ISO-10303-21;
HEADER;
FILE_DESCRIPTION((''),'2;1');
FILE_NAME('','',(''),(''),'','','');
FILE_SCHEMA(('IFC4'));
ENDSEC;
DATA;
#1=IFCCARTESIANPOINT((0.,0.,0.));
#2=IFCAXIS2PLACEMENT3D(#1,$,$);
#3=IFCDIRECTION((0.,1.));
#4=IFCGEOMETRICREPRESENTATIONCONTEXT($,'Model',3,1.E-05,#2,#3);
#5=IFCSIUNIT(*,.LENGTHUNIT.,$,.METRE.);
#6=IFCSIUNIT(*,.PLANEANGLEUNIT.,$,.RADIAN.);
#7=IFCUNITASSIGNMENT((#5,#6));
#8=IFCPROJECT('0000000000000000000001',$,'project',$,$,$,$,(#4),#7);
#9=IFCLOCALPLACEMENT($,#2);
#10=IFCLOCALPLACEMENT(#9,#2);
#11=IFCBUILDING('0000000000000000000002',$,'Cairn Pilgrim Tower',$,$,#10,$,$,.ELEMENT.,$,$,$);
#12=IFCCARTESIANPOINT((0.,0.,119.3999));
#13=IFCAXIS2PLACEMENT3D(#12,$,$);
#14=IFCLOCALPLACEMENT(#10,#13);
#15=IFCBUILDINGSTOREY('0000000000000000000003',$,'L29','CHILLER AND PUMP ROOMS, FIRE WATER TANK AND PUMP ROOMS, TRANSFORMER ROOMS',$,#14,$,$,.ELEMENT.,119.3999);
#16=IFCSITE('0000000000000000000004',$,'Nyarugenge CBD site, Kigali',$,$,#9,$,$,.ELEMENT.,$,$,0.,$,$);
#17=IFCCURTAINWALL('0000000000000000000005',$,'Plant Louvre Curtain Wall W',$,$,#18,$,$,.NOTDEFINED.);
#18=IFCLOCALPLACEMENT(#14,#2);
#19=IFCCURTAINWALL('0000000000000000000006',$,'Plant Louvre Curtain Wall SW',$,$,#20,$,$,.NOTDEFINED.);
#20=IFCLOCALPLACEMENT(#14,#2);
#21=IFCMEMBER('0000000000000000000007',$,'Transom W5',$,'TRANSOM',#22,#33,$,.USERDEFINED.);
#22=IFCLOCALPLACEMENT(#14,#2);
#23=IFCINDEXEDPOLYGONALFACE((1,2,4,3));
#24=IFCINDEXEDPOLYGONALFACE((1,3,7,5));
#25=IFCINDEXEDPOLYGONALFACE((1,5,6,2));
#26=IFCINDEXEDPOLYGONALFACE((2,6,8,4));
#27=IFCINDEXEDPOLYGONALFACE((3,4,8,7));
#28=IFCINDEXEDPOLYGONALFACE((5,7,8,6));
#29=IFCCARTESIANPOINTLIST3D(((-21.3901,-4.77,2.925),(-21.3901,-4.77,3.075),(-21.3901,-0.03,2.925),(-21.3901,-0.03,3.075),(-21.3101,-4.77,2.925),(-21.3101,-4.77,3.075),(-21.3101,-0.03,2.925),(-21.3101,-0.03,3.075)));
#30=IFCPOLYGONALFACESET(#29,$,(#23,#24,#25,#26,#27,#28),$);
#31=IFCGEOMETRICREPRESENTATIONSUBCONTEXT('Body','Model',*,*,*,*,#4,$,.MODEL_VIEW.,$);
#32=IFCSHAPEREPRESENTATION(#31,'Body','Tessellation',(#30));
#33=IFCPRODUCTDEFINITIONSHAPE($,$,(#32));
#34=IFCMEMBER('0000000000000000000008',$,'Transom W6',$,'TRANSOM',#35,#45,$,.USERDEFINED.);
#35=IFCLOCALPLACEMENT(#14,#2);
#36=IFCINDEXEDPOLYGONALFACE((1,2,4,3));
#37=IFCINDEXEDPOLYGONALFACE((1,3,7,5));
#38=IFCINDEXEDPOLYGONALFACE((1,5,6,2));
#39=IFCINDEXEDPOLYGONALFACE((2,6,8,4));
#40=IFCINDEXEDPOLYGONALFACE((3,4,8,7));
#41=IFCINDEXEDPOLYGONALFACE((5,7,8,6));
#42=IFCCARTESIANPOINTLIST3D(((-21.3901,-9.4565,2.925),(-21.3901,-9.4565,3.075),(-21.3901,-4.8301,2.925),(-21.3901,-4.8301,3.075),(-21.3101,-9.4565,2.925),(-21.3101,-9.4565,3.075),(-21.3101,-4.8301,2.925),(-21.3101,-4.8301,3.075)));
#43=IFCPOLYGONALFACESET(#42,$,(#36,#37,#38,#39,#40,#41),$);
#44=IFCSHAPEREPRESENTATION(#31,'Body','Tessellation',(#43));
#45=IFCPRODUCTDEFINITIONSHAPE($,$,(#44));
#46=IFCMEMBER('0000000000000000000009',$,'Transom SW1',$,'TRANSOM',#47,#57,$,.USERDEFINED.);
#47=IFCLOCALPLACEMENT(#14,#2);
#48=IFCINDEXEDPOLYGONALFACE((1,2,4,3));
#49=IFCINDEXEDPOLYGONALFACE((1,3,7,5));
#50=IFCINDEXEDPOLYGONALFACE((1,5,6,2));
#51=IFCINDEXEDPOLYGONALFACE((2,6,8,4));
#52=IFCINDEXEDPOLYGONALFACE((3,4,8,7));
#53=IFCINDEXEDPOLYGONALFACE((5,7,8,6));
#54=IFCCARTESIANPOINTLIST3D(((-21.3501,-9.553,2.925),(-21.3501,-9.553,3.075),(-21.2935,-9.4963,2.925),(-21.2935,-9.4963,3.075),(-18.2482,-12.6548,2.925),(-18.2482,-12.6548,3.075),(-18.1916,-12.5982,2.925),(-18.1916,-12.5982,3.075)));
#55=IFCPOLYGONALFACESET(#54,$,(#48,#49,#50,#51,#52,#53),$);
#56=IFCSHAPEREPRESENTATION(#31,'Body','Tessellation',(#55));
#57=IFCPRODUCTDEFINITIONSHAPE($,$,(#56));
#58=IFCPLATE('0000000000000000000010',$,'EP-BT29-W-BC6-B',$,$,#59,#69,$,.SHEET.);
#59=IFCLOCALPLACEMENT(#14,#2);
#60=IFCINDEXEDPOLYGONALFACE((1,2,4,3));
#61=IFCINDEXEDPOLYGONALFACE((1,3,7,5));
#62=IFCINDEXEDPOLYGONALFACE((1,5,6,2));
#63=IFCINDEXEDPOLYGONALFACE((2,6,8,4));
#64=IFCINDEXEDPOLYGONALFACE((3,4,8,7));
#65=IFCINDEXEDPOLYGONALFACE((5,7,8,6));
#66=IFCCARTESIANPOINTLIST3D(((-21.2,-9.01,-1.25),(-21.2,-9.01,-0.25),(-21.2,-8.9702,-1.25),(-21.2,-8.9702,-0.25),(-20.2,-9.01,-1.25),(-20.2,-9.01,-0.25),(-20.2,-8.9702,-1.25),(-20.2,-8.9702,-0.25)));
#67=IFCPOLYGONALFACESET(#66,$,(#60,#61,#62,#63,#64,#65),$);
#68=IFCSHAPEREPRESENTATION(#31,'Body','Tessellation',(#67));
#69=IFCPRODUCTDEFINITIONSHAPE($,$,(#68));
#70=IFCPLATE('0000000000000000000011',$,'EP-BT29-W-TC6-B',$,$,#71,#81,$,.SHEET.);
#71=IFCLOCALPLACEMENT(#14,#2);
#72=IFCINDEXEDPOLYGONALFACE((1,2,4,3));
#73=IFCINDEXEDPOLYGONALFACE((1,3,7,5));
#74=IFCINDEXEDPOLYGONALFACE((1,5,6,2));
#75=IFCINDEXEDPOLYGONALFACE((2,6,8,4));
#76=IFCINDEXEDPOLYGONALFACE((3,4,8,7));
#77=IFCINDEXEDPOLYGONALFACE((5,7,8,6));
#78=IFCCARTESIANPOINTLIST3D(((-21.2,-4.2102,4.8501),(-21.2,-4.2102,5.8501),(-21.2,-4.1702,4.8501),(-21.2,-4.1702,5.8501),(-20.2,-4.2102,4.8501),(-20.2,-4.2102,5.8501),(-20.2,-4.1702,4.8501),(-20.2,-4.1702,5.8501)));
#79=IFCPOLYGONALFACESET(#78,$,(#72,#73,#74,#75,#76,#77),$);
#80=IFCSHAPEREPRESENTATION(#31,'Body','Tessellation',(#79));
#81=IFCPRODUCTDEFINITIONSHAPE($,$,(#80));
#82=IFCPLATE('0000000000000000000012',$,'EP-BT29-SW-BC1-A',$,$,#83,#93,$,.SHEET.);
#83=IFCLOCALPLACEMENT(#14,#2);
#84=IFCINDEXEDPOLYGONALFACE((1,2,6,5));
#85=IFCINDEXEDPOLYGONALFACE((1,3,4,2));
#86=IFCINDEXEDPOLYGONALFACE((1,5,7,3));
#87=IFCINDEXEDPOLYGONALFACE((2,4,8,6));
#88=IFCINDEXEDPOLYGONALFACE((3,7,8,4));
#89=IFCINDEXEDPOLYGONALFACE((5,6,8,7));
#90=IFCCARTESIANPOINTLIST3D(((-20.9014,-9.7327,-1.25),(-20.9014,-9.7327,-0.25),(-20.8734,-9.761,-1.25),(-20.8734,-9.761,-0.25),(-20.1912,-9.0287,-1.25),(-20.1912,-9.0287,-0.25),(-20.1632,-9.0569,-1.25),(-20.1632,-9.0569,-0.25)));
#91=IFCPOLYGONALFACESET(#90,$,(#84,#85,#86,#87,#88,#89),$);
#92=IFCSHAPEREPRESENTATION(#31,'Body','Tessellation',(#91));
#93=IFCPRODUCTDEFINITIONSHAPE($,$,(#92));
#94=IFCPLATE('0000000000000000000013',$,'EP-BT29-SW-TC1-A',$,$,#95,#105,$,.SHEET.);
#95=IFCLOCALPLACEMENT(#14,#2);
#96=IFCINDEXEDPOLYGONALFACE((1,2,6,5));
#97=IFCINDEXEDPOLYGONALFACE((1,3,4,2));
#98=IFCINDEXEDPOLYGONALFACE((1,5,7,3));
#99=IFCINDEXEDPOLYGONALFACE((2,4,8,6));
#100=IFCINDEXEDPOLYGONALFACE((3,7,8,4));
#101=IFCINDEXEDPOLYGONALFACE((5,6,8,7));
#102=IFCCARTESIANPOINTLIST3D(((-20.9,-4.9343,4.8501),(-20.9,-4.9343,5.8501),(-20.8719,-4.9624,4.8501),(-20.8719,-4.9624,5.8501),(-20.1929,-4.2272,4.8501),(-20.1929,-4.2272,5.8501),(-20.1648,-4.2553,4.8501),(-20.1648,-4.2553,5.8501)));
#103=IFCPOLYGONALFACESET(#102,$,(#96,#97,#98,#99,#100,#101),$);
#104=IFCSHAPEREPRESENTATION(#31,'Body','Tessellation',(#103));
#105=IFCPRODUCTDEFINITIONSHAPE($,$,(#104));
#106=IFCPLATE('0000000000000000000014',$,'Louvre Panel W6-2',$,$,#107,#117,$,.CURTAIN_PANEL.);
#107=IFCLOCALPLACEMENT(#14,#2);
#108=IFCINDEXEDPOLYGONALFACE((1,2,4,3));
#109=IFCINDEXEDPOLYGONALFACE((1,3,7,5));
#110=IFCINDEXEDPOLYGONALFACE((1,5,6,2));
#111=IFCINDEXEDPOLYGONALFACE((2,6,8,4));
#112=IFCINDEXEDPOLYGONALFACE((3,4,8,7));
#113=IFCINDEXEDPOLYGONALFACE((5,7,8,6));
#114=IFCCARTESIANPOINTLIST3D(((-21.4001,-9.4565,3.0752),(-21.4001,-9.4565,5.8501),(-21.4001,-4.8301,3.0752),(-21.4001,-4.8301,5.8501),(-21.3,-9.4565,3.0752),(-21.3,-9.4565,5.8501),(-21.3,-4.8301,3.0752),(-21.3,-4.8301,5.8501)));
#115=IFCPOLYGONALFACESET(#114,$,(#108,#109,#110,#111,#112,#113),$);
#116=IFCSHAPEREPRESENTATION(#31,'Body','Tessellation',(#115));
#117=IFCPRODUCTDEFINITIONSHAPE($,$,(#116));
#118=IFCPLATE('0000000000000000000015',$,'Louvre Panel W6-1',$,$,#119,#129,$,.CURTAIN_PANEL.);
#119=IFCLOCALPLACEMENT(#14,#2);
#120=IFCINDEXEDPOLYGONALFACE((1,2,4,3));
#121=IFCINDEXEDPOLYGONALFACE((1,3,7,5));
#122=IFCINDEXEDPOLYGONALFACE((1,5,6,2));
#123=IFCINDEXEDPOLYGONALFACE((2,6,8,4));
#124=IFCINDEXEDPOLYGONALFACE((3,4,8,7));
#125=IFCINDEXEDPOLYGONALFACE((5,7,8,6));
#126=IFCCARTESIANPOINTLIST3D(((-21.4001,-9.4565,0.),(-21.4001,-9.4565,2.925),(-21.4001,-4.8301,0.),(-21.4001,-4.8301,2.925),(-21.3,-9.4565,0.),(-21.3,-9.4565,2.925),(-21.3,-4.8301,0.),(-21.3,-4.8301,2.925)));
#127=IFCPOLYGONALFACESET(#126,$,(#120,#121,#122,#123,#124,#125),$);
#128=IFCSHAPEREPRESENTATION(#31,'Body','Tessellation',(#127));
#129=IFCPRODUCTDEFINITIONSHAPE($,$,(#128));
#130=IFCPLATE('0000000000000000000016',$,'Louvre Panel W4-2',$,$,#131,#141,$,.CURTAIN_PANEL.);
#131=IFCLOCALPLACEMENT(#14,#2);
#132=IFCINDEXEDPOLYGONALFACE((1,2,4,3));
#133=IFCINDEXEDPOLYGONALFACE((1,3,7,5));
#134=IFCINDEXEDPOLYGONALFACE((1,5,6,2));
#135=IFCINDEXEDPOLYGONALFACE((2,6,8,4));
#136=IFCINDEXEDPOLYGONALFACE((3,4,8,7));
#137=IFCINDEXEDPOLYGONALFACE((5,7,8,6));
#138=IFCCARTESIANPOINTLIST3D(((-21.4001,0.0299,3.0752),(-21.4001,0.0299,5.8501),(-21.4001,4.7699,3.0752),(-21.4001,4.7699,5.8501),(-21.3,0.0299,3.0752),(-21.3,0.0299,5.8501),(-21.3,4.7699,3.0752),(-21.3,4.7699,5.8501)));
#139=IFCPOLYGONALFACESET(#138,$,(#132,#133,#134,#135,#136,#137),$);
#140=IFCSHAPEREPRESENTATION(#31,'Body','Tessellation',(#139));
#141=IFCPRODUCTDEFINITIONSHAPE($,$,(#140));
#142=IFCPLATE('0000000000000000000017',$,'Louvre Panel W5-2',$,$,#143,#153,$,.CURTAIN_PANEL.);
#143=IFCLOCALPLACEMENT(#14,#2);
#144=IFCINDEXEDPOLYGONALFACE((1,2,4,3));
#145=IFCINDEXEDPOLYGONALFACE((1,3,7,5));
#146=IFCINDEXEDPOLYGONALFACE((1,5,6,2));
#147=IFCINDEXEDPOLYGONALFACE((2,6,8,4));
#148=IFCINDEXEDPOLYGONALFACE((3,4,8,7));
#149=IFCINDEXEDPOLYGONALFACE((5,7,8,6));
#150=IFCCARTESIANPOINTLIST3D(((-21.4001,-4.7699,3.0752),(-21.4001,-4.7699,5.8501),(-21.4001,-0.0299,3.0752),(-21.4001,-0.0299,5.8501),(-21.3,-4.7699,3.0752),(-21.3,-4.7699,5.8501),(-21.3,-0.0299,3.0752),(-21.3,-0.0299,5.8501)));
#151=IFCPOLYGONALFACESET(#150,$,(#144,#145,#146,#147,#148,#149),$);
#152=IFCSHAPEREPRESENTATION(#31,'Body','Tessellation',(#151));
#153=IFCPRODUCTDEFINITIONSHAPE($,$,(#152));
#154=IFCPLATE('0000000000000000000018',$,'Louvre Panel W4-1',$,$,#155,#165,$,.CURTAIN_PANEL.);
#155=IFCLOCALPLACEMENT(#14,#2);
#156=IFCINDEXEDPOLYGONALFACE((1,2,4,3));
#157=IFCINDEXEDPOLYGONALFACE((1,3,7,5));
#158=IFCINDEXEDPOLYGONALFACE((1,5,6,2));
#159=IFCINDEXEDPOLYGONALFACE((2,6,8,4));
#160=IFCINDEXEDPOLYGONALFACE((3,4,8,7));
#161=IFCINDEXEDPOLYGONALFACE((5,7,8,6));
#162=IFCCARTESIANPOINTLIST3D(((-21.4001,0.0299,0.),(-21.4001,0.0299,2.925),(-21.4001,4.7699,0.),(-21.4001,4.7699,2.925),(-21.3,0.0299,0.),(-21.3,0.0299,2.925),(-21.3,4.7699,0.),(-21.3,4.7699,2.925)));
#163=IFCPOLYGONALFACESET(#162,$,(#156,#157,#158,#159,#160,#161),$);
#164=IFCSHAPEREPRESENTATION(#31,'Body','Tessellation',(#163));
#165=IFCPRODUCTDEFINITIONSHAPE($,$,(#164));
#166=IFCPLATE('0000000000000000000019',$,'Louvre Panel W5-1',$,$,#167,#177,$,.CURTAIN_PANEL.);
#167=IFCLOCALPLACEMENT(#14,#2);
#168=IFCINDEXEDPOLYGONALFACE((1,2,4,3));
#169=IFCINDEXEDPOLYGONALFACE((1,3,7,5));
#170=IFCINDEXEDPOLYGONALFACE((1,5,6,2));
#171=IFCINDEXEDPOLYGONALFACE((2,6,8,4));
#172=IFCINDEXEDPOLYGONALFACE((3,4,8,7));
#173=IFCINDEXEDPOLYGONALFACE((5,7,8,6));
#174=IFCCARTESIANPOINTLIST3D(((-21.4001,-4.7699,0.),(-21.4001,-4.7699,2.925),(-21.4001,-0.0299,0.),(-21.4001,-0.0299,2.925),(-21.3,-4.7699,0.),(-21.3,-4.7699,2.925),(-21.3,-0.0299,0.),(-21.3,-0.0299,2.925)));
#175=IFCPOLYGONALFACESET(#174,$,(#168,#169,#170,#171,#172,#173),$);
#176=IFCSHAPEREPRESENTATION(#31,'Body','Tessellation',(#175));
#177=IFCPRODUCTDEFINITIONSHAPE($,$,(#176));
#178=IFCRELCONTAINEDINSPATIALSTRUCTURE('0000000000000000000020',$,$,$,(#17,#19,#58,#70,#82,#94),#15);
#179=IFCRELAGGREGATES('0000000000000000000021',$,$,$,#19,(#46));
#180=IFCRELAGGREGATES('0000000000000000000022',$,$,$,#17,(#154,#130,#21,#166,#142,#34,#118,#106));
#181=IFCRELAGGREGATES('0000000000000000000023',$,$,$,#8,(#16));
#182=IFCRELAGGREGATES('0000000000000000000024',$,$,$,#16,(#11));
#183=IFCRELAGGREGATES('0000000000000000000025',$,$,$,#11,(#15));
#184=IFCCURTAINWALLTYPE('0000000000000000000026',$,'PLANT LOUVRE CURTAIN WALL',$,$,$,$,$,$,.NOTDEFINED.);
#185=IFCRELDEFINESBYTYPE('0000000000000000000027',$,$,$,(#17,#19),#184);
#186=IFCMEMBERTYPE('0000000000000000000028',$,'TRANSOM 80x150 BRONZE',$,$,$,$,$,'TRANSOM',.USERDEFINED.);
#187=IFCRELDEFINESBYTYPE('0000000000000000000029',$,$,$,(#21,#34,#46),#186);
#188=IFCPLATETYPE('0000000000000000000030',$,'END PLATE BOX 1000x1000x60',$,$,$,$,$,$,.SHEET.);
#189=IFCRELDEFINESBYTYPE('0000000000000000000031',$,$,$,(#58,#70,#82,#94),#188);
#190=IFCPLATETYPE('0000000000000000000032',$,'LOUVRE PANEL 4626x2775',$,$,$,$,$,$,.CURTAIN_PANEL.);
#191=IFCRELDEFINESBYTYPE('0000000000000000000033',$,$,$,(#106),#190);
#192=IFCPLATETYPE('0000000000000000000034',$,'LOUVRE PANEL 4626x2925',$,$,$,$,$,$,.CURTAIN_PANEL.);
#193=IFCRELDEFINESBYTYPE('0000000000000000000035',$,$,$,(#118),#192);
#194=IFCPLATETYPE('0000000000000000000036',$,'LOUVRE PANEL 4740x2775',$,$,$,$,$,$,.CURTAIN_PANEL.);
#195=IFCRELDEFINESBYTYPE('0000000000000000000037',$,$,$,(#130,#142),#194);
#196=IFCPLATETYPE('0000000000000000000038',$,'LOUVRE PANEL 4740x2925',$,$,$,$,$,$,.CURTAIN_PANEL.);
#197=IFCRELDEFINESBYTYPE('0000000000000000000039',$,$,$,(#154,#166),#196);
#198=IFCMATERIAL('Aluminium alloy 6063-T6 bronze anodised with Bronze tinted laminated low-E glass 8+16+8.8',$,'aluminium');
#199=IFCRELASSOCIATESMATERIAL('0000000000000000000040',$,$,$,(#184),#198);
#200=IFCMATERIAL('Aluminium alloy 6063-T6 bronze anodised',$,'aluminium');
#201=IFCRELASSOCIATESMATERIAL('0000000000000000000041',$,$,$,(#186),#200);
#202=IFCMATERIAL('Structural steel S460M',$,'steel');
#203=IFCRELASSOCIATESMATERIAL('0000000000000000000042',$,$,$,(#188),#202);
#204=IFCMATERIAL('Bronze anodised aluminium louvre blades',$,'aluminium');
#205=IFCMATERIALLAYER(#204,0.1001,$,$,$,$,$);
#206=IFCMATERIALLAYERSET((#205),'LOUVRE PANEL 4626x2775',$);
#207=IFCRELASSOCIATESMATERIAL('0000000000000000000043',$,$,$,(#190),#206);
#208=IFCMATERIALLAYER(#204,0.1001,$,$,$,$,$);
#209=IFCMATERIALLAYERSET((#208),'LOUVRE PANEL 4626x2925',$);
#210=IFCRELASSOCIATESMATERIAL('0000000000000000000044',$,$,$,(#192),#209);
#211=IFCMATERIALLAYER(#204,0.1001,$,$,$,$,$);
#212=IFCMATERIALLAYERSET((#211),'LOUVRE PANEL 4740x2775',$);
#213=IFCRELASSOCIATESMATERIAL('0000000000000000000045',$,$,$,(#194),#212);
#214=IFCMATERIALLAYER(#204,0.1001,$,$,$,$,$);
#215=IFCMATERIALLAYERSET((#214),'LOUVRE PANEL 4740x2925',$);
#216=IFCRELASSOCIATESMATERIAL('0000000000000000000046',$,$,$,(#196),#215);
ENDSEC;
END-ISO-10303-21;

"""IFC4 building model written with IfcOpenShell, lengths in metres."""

from ifc_helpers import new_model, si_unit, direction, frame, origin, origin_2d, place, context, subcontext, project, spatial, rectangle, extrude, material, layer, layer_set, material_profile, profile_set, type_object, element, aggregate, save


model = new_model("IFC4")

# Units and contexts
model_context = context("Model", 3, precision=1e-05, world=origin(), true_north=direction((0.0, 1.0)))
body_context = subcontext(model_context, "Body", "Model", "MODEL_VIEW")
ifc_project = project(units=[si_unit("LENGTHUNIT", "METRE"), si_unit("PLANEANGLEUNIT", "RADIAN")], contexts=[model_context])

# Site, building, storey
site_placement = place(None, origin())
site = spatial("IfcSite", under=ifc_project, at=site_placement, Name="Nyarugenge CBD site, Kigali", CompositionType="ELEMENT", RefElevation=0.0)
building_placement = place(site_placement, origin())
building = spatial("IfcBuilding", under=site, at=building_placement, Name="Cairn Pilgrim Tower", CompositionType="ELEMENT")
storey_placement = place(building_placement, frame((0.0, 0.0, 119.3999)))
storey = spatial("IfcBuildingStorey", under=building, at=storey_placement, Name="L29", Description="CHILLER AND PUMP ROOMS, FIRE WATER TANK AND PUMP ROOMS, TRANSFORMER ROOMS", CompositionType="ELEMENT", Elevation=119.3999)

# Shared definitions
ifc_material_1 = material(Name="Structural steel S460M", Category="steel")

# Curtain wall
ifc_material_2 = material(Name="Aluminium alloy 6063-T6 bronze anodised with Bronze tinted laminated low-E glass 8+16+8.8", Category="aluminium")
curtain_wall_type = type_object("IfcCurtainWallType", Name="PLANT LOUVRE CURTAIN WALL", PredefinedType="NOTDEFINED", material=ifc_material_2)
curtain_wall_1_placement = place(storey_placement, origin())
curtain_wall_1 = element("IfcCurtainWall", 1, at=curtain_wall_1_placement, inside=storey, type_object=curtain_wall_type, Name="Plant Louvre Curtain Wall W", PredefinedType="NOTDEFINED")
ifc_material_3 = material(Name="Aluminium alloy 6063-T6 bronze anodised", Category="aluminium")

# Curtain wall
curtain_wall_2_placement = place(storey_placement, origin())
curtain_wall_2 = element("IfcCurtainWall", 2, at=curtain_wall_2_placement, inside=storey, type_object=curtain_wall_type, Name="Plant Louvre Curtain Wall SW", PredefinedType="NOTDEFINED")

# Members
ifc_material_profile_1 = material_profile(ifc_material_3, rectangle(XDim=0.0801, YDim=0.1499, at=origin_2d()), Name="TRANSOM 80x150 BRONZE")
ifc_profile_set_1 = profile_set([ifc_material_profile_1], Name="Aluminium alloy 6063-T6 bronze anodised")
member_type_1 = type_object("IfcMemberType", Name="TRANSOM 80x150 BRONZE", ElementType="TRANSOM", PredefinedType="USERDEFINED", material=ifc_profile_set_1)
member_1_placement = place(storey_placement, frame((-21.3501, -0.03, 3.0), z_axis=(0.0, -1.0, 0.0), x_axis=(1.0, 0.0, 0.0)))
member_1 = element("IfcMember", 3, at=member_1_placement, type_object=member_type_1, Name="Transom W5", ObjectType="TRANSOM", PredefinedType="USERDEFINED", context=body_context, shape_type="SweptSolid", body=[
    extrude(rectangle(XDim=0.0801, YDim=0.1499, at=origin_2d()), origin(), (0.0, 0.0, 1.0), 4.74),
])
member_2_placement = place(storey_placement, frame((-21.3501, -4.8301, 3.0), z_axis=(0.0, -1.0, 0.0), x_axis=(1.0, 0.0, 0.0)))
member_2 = element("IfcMember", 4, at=member_2_placement, type_object=member_type_1, Name="Transom W6", ObjectType="TRANSOM", PredefinedType="USERDEFINED", context=body_context, shape_type="SweptSolid", body=[
    extrude(rectangle(XDim=0.0801, YDim=0.1499, at=origin_2d()), origin(), (0.0, 0.0, 1.0), 4.6265),
])
member_3_placement = place(storey_placement, frame((-21.3218, -9.5247, 3.0), z_axis=(0.707107, -0.707107, 0.0), x_axis=(0.707107, 0.707107, 0.0)))
member_3 = element("IfcMember", 5, at=member_3_placement, type_object=member_type_1, Name="Transom SW1", ObjectType="TRANSOM", PredefinedType="USERDEFINED", context=body_context, shape_type="SweptSolid", body=[
    extrude(rectangle(XDim=0.0801, YDim=0.1499, at=origin_2d()), origin(), (0.0, 0.0, 1.0), 4.3867),
])
aggregate(curtain_wall_2, [member_3])

# Plates
ifc_material_profile_2 = material_profile(ifc_material_1, rectangle(XDim=1.0, YDim=1.0, at=origin_2d()), Name="END PLATE BOX 1000x1000x60")
ifc_profile_set_2 = profile_set([ifc_material_profile_2], Name="Structural steel S460M")
plate_type_1 = type_object("IfcPlateType", Name="END PLATE BOX 1000x1000x60", PredefinedType="SHEET", material=ifc_profile_set_2)
plate_1_placement = place(storey_placement, frame((-20.7, -8.9702, -0.75), z_axis=(0.0, -1.0, 0.0), x_axis=(1.0, 0.0, 0.0)))
element("IfcPlate", 6, at=plate_1_placement, inside=storey, type_object=plate_type_1, Name="EP-BT29-W-BC6-B", PredefinedType="SHEET", context=body_context, shape_type="SweptSolid", body=[
    extrude(rectangle(XDim=1.0, YDim=1.0, at=origin_2d()), origin(), (0.0, 0.0, 1.0), 0.0398),
])
plate_2_placement = place(storey_placement, frame((-20.7, -4.1702, 5.3501), z_axis=(0.0, -1.0, 0.0), x_axis=(1.0, 0.0, 0.0)))
element("IfcPlate", 7, at=plate_2_placement, inside=storey, type_object=plate_type_1, Name="EP-BT29-W-TC6-B", PredefinedType="SHEET", context=body_context, shape_type="SweptSolid", body=[
    extrude(rectangle(XDim=1.0, YDim=1.0, at=origin_2d()), origin(), (0.0, 0.0, 1.0), 0.04),
])
for number, where, z_axis, x_axis, name in (
    (8, (-20.5183, -9.4089, -0.75), (-0.704039, 0.710161, 0.0), (-0.710161, -0.704039, 0.0), "EP-BT29-SW-BC1-A"),
    (9, (-20.5183, -4.6089, 5.3501), (-0.707107, 0.707107, 0.0), (-0.707107, -0.707107, 0.0), "EP-BT29-SW-TC1-A"),
):
    element("IfcPlate", number, at=place(storey_placement, frame(where, z_axis=z_axis, x_axis=x_axis)), inside=storey, type_object=plate_type_1, Name=name, PredefinedType="SHEET", context=body_context, shape_type="SweptSolid", body=[
        extrude(rectangle(XDim=1.0, YDim=1.0, at=origin_2d()), origin(), (0.0, 0.0, 1.0), 0.0398),
    ])

# Plates
ifc_material_4 = material(Name="Bronze anodised aluminium louvre blades", Category="aluminium")
ifc_layer_1 = layer(ifc_material_4, 0.1001)
ifc_layer_set_1 = layer_set([ifc_layer_1], Name="LOUVRE PANEL 4626x2775")
plate_type_2 = type_object("IfcPlateType", Name="LOUVRE PANEL 4626x2775", PredefinedType="CURTAIN_PANEL", material=ifc_layer_set_1)
plate_3_placement = place(storey_placement, frame((-21.3501, -7.1433, 3.0752), z_axis=(0.0, 0.0, 1.0), x_axis=(0.0, -1.0, 0.0)))
plate_3 = element("IfcPlate", 10, at=plate_3_placement, type_object=plate_type_2, Name="Louvre Panel W6-2", PredefinedType="CURTAIN_PANEL", context=body_context, shape_type="SweptSolid", body=[
    extrude(rectangle(XDim=4.6265, YDim=0.1001, at=origin_2d()), origin(), (0.0, 0.0, 1.0), 2.7749),
])
ifc_layer_2 = layer(ifc_material_4, 0.1001)
ifc_layer_set_2 = layer_set([ifc_layer_2], Name="LOUVRE PANEL 4626x2925")
plate_type_3 = type_object("IfcPlateType", Name="LOUVRE PANEL 4626x2925", PredefinedType="CURTAIN_PANEL", material=ifc_layer_set_2)
plate_4_placement = place(storey_placement, frame((-21.3501, -7.1433, 0.0), z_axis=(0.0, 0.0, 1.0), x_axis=(0.0, -1.0, 0.0)))
plate_4 = element("IfcPlate", 11, at=plate_4_placement, type_object=plate_type_3, Name="Louvre Panel W6-1", PredefinedType="CURTAIN_PANEL", context=body_context, shape_type="SweptSolid", body=[
    extrude(rectangle(XDim=4.6265, YDim=0.1001, at=origin_2d()), origin(), (0.0, 0.0, 1.0), 2.925),
])
ifc_layer_3 = layer(ifc_material_4, 0.1001)
ifc_layer_set_3 = layer_set([ifc_layer_3], Name="LOUVRE PANEL 4740x2775")
plate_type_4 = type_object("IfcPlateType", Name="LOUVRE PANEL 4740x2775", PredefinedType="CURTAIN_PANEL", material=ifc_layer_set_3)
plate_5_placement = place(storey_placement, frame((-21.3501, 2.3999, 3.0752), z_axis=(0.0, 0.0, 1.0), x_axis=(0.0, -1.0, 0.0)))
plate_5 = element("IfcPlate", 12, at=plate_5_placement, type_object=plate_type_4, Name="Louvre Panel W4-2", PredefinedType="CURTAIN_PANEL", context=body_context, shape_type="SweptSolid", body=[
    extrude(rectangle(XDim=4.74, YDim=0.1001, at=origin_2d()), origin(), (0.0, 0.0, 1.0), 2.7749),
])
plate_6_placement = place(storey_placement, frame((-21.3501, -2.3999, 3.0752), z_axis=(0.0, 0.0, 1.0), x_axis=(0.0, -1.0, 0.0)))
plate_6 = element("IfcPlate", 13, at=plate_6_placement, type_object=plate_type_4, Name="Louvre Panel W5-2", PredefinedType="CURTAIN_PANEL", context=body_context, shape_type="SweptSolid", body=[
    extrude(rectangle(XDim=4.74, YDim=0.1001, at=origin_2d()), origin(), (0.0, 0.0, 1.0), 2.7749),
])
ifc_layer_4 = layer(ifc_material_4, 0.1001)
ifc_layer_set_4 = layer_set([ifc_layer_4], Name="LOUVRE PANEL 4740x2925")
plate_type_5 = type_object("IfcPlateType", Name="LOUVRE PANEL 4740x2925", PredefinedType="CURTAIN_PANEL", material=ifc_layer_set_4)
plate_7_placement = place(storey_placement, frame((-21.3501, 2.3999, 0.0), z_axis=(0.0, 0.0, 1.0), x_axis=(0.0, -1.0, 0.0)))
plate_7 = element("IfcPlate", 14, at=plate_7_placement, type_object=plate_type_5, Name="Louvre Panel W4-1", PredefinedType="CURTAIN_PANEL", context=body_context, shape_type="SweptSolid", body=[
    extrude(rectangle(XDim=4.74, YDim=0.1001, at=origin_2d()), origin(), (0.0, 0.0, 1.0), 2.925),
])
plate_8_placement = place(storey_placement, frame((-21.3501, -2.3999, 0.0), z_axis=(0.0, 0.0, 1.0), x_axis=(0.0, -1.0, 0.0)))
plate_8 = element("IfcPlate", 15, at=plate_8_placement, type_object=plate_type_5, Name="Louvre Panel W5-1", PredefinedType="CURTAIN_PANEL", context=body_context, shape_type="SweptSolid", body=[
    extrude(rectangle(XDim=4.74, YDim=0.1001, at=origin_2d()), origin(), (0.0, 0.0, 1.0), 2.925),
])
aggregate(curtain_wall_1, [plate_7, plate_5, member_1, plate_8, plate_6, member_2, plate_4, plate_3])

save(model, "model.ifc")
